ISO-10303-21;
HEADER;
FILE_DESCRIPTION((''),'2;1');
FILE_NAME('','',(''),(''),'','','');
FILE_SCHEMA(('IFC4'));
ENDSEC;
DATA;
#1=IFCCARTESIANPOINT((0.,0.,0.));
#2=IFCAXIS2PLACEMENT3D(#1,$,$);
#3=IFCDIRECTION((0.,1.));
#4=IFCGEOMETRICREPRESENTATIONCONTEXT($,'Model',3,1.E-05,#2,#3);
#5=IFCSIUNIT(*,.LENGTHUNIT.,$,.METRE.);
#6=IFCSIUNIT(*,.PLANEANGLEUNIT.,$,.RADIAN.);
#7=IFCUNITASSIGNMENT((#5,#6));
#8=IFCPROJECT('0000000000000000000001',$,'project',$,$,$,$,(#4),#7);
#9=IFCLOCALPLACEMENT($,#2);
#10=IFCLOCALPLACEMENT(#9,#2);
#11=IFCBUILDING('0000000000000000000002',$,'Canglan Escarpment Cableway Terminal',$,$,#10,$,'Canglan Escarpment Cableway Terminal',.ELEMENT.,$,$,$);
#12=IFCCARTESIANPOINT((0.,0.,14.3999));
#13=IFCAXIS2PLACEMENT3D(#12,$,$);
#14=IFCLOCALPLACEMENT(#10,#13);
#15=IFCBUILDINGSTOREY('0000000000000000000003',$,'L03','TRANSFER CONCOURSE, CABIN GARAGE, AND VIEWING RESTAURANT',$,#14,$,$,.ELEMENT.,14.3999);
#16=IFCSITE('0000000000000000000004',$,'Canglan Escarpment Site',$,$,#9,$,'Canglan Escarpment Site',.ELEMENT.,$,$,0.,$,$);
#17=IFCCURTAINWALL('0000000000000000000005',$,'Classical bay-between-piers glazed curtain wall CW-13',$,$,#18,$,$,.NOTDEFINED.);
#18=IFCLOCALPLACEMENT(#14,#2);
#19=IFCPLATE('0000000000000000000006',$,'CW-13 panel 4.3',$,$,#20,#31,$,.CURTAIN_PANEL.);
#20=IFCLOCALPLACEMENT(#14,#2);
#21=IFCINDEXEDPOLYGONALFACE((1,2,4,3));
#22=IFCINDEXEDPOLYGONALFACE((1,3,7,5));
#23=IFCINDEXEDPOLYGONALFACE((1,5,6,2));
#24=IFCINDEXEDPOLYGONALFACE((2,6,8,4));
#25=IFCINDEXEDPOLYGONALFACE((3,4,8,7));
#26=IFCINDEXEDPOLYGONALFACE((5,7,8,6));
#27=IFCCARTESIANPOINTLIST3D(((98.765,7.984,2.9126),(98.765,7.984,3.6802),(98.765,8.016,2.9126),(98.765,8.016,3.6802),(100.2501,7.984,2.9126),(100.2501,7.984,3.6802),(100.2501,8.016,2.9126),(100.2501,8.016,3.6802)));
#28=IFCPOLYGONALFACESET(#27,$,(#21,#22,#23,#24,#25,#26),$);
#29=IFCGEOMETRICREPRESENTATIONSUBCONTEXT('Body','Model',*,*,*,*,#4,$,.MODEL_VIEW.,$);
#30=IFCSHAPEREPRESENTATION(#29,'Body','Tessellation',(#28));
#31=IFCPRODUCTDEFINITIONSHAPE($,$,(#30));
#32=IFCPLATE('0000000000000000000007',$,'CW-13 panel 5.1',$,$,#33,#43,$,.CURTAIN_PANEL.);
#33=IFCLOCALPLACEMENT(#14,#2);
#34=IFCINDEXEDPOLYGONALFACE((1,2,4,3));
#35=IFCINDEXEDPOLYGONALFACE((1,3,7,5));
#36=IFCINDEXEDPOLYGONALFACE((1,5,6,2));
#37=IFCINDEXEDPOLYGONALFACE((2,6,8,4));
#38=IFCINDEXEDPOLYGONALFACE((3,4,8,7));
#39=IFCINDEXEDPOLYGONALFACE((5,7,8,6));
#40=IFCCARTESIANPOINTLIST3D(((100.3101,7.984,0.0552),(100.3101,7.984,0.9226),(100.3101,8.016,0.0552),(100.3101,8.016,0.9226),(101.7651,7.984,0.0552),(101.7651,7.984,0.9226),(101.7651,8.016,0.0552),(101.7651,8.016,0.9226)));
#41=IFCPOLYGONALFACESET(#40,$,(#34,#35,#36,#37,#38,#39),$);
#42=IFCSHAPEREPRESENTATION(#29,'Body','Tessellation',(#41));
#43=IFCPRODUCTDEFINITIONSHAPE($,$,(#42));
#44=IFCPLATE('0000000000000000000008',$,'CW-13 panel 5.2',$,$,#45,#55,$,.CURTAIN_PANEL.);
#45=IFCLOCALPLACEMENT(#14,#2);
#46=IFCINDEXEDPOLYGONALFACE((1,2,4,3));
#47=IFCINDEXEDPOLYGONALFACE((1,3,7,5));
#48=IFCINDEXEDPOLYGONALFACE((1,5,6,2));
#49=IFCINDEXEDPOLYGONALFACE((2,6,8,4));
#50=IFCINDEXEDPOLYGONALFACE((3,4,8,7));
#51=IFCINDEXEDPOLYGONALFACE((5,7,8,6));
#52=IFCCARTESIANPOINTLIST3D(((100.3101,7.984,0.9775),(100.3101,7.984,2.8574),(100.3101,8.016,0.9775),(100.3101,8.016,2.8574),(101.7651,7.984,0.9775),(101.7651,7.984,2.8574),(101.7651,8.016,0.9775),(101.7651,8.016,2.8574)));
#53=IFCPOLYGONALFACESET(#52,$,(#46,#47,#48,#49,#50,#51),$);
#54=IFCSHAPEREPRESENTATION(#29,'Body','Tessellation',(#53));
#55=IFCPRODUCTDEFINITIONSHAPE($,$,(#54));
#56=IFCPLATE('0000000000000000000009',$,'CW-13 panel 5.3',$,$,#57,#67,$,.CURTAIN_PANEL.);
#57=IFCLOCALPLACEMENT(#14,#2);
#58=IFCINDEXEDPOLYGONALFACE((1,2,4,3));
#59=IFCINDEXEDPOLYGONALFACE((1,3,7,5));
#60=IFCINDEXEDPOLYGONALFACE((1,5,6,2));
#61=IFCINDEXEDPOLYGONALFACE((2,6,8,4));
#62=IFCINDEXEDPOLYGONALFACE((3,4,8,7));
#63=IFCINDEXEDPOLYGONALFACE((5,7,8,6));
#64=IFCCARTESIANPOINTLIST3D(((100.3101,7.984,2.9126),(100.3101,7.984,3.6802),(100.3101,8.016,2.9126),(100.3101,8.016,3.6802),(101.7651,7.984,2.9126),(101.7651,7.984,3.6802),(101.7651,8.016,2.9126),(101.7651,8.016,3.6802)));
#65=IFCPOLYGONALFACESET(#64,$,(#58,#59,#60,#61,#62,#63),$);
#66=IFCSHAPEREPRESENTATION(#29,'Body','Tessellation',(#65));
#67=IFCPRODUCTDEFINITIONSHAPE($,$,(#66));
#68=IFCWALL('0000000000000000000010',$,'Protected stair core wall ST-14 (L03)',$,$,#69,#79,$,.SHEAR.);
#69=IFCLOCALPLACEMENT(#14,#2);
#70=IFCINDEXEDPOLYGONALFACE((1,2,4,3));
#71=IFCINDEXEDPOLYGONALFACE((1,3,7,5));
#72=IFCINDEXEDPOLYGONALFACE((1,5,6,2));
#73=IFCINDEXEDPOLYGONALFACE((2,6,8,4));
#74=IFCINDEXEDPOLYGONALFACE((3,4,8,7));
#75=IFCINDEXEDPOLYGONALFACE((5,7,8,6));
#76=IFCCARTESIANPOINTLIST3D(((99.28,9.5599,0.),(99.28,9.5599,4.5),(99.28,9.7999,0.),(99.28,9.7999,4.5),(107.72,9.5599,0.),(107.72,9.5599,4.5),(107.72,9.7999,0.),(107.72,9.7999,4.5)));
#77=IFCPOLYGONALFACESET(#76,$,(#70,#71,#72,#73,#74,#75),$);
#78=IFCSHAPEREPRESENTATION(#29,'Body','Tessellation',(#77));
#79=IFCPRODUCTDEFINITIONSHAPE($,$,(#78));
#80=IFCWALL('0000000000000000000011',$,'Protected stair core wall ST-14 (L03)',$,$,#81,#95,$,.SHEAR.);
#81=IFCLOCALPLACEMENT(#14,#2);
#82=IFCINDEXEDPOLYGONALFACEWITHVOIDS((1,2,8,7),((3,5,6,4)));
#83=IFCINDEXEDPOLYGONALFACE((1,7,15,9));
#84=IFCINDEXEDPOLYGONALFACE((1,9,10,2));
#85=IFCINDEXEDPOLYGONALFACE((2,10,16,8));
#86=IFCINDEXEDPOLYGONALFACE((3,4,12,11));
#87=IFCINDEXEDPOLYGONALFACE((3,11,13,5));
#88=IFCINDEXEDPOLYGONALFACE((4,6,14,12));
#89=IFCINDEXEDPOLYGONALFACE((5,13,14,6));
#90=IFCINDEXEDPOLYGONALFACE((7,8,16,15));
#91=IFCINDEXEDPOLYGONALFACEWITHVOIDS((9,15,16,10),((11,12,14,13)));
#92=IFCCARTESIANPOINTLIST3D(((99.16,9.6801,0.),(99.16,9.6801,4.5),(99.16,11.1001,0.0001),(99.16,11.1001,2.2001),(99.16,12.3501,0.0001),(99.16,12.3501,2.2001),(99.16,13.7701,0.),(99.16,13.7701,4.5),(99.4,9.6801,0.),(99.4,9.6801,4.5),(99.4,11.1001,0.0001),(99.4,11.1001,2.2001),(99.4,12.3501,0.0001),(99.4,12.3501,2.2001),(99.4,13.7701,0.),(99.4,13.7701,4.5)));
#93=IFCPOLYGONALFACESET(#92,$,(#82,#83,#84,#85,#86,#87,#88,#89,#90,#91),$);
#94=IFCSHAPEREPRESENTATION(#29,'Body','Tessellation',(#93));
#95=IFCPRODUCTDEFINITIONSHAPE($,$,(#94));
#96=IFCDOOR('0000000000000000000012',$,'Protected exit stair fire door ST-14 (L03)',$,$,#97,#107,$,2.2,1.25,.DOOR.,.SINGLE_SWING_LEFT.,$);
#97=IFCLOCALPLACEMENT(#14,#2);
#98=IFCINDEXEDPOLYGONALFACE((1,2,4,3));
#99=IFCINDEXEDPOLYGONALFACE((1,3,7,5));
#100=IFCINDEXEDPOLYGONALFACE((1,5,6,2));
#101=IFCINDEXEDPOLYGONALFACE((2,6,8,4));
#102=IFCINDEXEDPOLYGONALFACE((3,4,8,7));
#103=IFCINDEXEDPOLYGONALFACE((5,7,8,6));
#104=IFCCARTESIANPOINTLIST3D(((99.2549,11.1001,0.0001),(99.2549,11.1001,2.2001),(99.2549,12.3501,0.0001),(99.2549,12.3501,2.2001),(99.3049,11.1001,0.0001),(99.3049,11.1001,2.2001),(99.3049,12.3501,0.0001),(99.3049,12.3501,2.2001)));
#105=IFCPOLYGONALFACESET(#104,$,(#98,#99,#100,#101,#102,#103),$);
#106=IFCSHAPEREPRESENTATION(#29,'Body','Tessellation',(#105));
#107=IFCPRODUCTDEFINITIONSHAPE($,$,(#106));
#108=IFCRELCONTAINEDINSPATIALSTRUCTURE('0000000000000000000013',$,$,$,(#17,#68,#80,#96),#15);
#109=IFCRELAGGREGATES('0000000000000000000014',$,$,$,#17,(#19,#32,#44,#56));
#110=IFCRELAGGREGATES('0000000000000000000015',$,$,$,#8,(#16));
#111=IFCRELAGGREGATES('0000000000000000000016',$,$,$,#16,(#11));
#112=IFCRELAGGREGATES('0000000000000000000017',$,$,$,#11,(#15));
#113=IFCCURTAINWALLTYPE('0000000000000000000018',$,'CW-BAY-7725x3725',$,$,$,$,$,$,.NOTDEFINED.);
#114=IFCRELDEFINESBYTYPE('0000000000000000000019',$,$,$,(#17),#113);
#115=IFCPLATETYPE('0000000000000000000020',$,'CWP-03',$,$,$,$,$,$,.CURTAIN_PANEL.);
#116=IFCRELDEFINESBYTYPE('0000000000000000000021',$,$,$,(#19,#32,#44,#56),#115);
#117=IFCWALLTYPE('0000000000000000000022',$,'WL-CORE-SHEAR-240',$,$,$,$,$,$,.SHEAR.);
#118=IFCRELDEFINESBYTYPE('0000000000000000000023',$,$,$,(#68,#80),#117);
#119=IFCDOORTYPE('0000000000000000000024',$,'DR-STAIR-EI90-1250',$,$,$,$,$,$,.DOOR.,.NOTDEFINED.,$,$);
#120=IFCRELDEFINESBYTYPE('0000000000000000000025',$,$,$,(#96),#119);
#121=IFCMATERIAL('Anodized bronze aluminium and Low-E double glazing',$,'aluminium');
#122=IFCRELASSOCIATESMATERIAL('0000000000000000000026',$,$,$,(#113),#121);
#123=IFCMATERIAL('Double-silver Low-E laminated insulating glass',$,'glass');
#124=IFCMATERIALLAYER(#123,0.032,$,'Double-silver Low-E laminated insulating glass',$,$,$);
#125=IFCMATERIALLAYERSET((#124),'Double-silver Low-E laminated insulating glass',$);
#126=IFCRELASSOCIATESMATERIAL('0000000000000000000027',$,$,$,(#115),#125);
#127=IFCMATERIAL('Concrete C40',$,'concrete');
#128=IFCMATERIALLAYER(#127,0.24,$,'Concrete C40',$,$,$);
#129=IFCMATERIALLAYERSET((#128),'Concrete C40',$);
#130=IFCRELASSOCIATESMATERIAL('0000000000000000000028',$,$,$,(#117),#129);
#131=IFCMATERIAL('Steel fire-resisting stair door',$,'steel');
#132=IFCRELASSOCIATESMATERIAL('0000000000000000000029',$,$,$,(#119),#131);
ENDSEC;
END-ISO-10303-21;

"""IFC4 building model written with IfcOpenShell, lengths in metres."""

from ifc_helpers import new_model, si_unit, direction, frame, frame_2d, origin, origin_2d, place, context, subcontext, project, spatial, rectangle, extrude, material, layer, layer_set, type_object, element, fill, aggregate, save


model = new_model("IFC4")

# Units and contexts
model_context = context("Model", 3, precision=1e-05, world=origin(), true_north=direction((0.0, 1.0)))
body_context = subcontext(model_context, "Body", "Model", "MODEL_VIEW")
ifc_project = project(units=[si_unit("LENGTHUNIT", "METRE"), si_unit("PLANEANGLEUNIT", "RADIAN")], contexts=[model_context])

# Site, building, storey
site_placement = place(None, origin())
site = spatial("IfcSite", under=ifc_project, at=site_placement, Name="Canglan Escarpment Site", LongName="Canglan Escarpment Site", CompositionType="ELEMENT", RefElevation=0.0)
building_placement = place(site_placement, origin())
building = spatial("IfcBuilding", under=site, at=building_placement, Name="Canglan Escarpment Cableway Terminal", LongName="Canglan Escarpment Cableway Terminal", CompositionType="ELEMENT")
storey_placement = place(building_placement, frame((0.0, 0.0, 14.3999)))
storey = spatial("IfcBuildingStorey", under=building, at=storey_placement, Name="L03", Description="TRANSFER CONCOURSE, CABIN GARAGE, AND VIEWING RESTAURANT", CompositionType="ELEMENT", Elevation=14.3999)

# Shared definitions
ifc_material_1 = material(Name="Concrete C40", Category="concrete")

# Curtain wall, plates
ifc_material_2 = material(Name="Anodized bronze aluminium and Low-E double glazing", Category="aluminium")
curtain_wall_type = type_object("IfcCurtainWallType", Name="CW-BAY-7725x3725", PredefinedType="NOTDEFINED", material=ifc_material_2)
curtain_wall_placement = place(storey_placement, origin())
curtain_wall = element("IfcCurtainWall", 1, at=curtain_wall_placement, inside=storey, type_object=curtain_wall_type, Name="Classical bay-between-piers glazed curtain wall CW-13", PredefinedType="NOTDEFINED")
ifc_material_3 = material(Name="Double-silver Low-E laminated insulating glass", Category="glass")
ifc_layer_1 = layer(ifc_material_3, 0.032, Name="Double-silver Low-E laminated insulating glass")
ifc_layer_set_1 = layer_set([ifc_layer_1], Name="Double-silver Low-E laminated insulating glass")
plate_type = type_object("IfcPlateType", Name="CWP-03", PredefinedType="CURTAIN_PANEL", material=ifc_layer_set_1)
plate_1_placement = place(storey_placement, frame((99.5076, 8.0, 2.9126), z_axis=(0.0, 0.0, 1.0), x_axis=(1.0, 0.0, 0.0)))
plate_1 = element("IfcPlate", 2, at=plate_1_placement, type_object=plate_type, Name="CW-13 panel 4.3", PredefinedType="CURTAIN_PANEL", context=body_context, shape_type="SweptSolid", body=[
    extrude(rectangle(XDim=1.4851, YDim=0.032, at=origin_2d()), origin(), (0.0, 0.0, 1.0), 0.7676),
])
plate_2_placement = place(storey_placement, frame((101.0376, 8.0, 0.0552), z_axis=(0.0, 0.0, 1.0), x_axis=(1.0, 0.0, 0.0)))
plate_2 = element("IfcPlate", 3, at=plate_2_placement, type_object=plate_type, Name="CW-13 panel 5.1", PredefinedType="CURTAIN_PANEL", context=body_context, shape_type="SweptSolid", body=[
    extrude(rectangle(XDim=1.4551, YDim=0.032, at=origin_2d()), origin(), (0.0, 0.0, 1.0), 0.8674),
])
plate_3_placement = place(storey_placement, frame((101.0376, 8.0, 0.9775), z_axis=(0.0, 0.0, 1.0), x_axis=(1.0, 0.0, 0.0)))
plate_3 = element("IfcPlate", 4, at=plate_3_placement, type_object=plate_type, Name="CW-13 panel 5.2", PredefinedType="CURTAIN_PANEL", context=body_context, shape_type="SweptSolid", body=[
    extrude(rectangle(XDim=1.4551, YDim=0.032, at=origin_2d()), origin(), (0.0, 0.0, 1.0), 1.8799),
])
plate_4_placement = place(storey_placement, frame((101.0376, 8.0, 2.9126), z_axis=(0.0, 0.0, 1.0), x_axis=(1.0, 0.0, 0.0)))
plate_4 = element("IfcPlate", 5, at=plate_4_placement, type_object=plate_type, Name="CW-13 panel 5.3", PredefinedType="CURTAIN_PANEL", context=body_context, shape_type="SweptSolid", body=[
    extrude(rectangle(XDim=1.4551, YDim=0.032, at=origin_2d()), origin(), (0.0, 0.0, 1.0), 0.7676),
])
aggregate(curtain_wall, [plate_1, plate_2, plate_3, plate_4])

# Wall
ifc_layer_2 = layer(ifc_material_1, 0.24, Name="Concrete C40")
ifc_layer_set_2 = layer_set([ifc_layer_2], Name="Concrete C40")
wall_type = type_object("IfcWallType", Name="WL-CORE-SHEAR-240", PredefinedType="SHEAR", material=ifc_layer_set_2)
wall_1_placement = place(storey_placement, frame((99.28, 9.6799, 0.0), z_axis=(0.0, 0.0, 1.0), x_axis=(1.0, 0.0, 0.0)))
element("IfcWall", 6, at=wall_1_placement, inside=storey, type_object=wall_type, Name="Protected stair core wall ST-14 (L03)", PredefinedType="SHEAR", context=body_context, shape_type="SweptSolid", body=[
    extrude(rectangle(XDim=8.4399, YDim=0.24, at=frame_2d((4.22, 0.0))), origin(), (0.0, 0.0, 1.0), 4.5),
])

# Wall, opening, door
wall_2_placement = place(storey_placement, frame((99.28, 13.77, 0.0), z_axis=(0.0, 0.0, 1.0), x_axis=(0.0, -1.0, 0.0)))
wall_2 = element("IfcWall", 7, at=wall_2_placement, inside=storey, type_object=wall_type, Name="Protected stair core wall ST-14 (L03)", PredefinedType="SHEAR", context=body_context, shape_type="SweptSolid", body=[
    extrude(rectangle(XDim=4.0901, YDim=0.24, at=frame_2d((2.0449, 0.0))), origin(), (0.0, 0.0, 1.0), 4.5),
])
opening_placement = place(wall_2_placement, frame((1.4199, 0.0, 0.0)))
opening = element("IfcOpeningElement", 8, at=opening_placement, cuts=wall_2, PredefinedType="OPENING", context=body_context, shape_type="SweptSolid", body=[
    extrude(rectangle(XDim=1.25, YDim=2.2, at=frame_2d((0.625, 1.1001))), frame((0.0, 0.1299, 0.0), z_axis=(0.0, -1.0, 0.0), x_axis=(1.0, 0.0, 0.0)), (0.0, 0.0, 1.0), 0.26),
])
ifc_material_4 = material(Name="Steel fire-resisting stair door", Category="steel")
door_type = type_object("IfcDoorType", Name="DR-STAIR-EI90-1250", OperationType="NOTDEFINED", PredefinedType="DOOR", material=ifc_material_4)
door_placement = place(opening_placement, origin())
door = element("IfcDoor", 9, at=door_placement, inside=storey, type_object=door_type, Name="Protected exit stair fire door ST-14 (L03)", OperationType="SINGLE_SWING_LEFT", OverallHeight=2.2, OverallWidth=1.25, PredefinedType="DOOR", context=body_context, shape_type="SweptSolid", body=[
    extrude(rectangle(XDim=1.25, YDim=2.2, at=frame_2d((0.625, 1.1001))), frame((0.0, 0.0249, 0.0), z_axis=(0.0, -1.0, 0.0), x_axis=(1.0, 0.0, 0.0)), (0.0, 0.0, 1.0), 0.05),
])
fill(opening, door)

save(model, "model.ifc")
